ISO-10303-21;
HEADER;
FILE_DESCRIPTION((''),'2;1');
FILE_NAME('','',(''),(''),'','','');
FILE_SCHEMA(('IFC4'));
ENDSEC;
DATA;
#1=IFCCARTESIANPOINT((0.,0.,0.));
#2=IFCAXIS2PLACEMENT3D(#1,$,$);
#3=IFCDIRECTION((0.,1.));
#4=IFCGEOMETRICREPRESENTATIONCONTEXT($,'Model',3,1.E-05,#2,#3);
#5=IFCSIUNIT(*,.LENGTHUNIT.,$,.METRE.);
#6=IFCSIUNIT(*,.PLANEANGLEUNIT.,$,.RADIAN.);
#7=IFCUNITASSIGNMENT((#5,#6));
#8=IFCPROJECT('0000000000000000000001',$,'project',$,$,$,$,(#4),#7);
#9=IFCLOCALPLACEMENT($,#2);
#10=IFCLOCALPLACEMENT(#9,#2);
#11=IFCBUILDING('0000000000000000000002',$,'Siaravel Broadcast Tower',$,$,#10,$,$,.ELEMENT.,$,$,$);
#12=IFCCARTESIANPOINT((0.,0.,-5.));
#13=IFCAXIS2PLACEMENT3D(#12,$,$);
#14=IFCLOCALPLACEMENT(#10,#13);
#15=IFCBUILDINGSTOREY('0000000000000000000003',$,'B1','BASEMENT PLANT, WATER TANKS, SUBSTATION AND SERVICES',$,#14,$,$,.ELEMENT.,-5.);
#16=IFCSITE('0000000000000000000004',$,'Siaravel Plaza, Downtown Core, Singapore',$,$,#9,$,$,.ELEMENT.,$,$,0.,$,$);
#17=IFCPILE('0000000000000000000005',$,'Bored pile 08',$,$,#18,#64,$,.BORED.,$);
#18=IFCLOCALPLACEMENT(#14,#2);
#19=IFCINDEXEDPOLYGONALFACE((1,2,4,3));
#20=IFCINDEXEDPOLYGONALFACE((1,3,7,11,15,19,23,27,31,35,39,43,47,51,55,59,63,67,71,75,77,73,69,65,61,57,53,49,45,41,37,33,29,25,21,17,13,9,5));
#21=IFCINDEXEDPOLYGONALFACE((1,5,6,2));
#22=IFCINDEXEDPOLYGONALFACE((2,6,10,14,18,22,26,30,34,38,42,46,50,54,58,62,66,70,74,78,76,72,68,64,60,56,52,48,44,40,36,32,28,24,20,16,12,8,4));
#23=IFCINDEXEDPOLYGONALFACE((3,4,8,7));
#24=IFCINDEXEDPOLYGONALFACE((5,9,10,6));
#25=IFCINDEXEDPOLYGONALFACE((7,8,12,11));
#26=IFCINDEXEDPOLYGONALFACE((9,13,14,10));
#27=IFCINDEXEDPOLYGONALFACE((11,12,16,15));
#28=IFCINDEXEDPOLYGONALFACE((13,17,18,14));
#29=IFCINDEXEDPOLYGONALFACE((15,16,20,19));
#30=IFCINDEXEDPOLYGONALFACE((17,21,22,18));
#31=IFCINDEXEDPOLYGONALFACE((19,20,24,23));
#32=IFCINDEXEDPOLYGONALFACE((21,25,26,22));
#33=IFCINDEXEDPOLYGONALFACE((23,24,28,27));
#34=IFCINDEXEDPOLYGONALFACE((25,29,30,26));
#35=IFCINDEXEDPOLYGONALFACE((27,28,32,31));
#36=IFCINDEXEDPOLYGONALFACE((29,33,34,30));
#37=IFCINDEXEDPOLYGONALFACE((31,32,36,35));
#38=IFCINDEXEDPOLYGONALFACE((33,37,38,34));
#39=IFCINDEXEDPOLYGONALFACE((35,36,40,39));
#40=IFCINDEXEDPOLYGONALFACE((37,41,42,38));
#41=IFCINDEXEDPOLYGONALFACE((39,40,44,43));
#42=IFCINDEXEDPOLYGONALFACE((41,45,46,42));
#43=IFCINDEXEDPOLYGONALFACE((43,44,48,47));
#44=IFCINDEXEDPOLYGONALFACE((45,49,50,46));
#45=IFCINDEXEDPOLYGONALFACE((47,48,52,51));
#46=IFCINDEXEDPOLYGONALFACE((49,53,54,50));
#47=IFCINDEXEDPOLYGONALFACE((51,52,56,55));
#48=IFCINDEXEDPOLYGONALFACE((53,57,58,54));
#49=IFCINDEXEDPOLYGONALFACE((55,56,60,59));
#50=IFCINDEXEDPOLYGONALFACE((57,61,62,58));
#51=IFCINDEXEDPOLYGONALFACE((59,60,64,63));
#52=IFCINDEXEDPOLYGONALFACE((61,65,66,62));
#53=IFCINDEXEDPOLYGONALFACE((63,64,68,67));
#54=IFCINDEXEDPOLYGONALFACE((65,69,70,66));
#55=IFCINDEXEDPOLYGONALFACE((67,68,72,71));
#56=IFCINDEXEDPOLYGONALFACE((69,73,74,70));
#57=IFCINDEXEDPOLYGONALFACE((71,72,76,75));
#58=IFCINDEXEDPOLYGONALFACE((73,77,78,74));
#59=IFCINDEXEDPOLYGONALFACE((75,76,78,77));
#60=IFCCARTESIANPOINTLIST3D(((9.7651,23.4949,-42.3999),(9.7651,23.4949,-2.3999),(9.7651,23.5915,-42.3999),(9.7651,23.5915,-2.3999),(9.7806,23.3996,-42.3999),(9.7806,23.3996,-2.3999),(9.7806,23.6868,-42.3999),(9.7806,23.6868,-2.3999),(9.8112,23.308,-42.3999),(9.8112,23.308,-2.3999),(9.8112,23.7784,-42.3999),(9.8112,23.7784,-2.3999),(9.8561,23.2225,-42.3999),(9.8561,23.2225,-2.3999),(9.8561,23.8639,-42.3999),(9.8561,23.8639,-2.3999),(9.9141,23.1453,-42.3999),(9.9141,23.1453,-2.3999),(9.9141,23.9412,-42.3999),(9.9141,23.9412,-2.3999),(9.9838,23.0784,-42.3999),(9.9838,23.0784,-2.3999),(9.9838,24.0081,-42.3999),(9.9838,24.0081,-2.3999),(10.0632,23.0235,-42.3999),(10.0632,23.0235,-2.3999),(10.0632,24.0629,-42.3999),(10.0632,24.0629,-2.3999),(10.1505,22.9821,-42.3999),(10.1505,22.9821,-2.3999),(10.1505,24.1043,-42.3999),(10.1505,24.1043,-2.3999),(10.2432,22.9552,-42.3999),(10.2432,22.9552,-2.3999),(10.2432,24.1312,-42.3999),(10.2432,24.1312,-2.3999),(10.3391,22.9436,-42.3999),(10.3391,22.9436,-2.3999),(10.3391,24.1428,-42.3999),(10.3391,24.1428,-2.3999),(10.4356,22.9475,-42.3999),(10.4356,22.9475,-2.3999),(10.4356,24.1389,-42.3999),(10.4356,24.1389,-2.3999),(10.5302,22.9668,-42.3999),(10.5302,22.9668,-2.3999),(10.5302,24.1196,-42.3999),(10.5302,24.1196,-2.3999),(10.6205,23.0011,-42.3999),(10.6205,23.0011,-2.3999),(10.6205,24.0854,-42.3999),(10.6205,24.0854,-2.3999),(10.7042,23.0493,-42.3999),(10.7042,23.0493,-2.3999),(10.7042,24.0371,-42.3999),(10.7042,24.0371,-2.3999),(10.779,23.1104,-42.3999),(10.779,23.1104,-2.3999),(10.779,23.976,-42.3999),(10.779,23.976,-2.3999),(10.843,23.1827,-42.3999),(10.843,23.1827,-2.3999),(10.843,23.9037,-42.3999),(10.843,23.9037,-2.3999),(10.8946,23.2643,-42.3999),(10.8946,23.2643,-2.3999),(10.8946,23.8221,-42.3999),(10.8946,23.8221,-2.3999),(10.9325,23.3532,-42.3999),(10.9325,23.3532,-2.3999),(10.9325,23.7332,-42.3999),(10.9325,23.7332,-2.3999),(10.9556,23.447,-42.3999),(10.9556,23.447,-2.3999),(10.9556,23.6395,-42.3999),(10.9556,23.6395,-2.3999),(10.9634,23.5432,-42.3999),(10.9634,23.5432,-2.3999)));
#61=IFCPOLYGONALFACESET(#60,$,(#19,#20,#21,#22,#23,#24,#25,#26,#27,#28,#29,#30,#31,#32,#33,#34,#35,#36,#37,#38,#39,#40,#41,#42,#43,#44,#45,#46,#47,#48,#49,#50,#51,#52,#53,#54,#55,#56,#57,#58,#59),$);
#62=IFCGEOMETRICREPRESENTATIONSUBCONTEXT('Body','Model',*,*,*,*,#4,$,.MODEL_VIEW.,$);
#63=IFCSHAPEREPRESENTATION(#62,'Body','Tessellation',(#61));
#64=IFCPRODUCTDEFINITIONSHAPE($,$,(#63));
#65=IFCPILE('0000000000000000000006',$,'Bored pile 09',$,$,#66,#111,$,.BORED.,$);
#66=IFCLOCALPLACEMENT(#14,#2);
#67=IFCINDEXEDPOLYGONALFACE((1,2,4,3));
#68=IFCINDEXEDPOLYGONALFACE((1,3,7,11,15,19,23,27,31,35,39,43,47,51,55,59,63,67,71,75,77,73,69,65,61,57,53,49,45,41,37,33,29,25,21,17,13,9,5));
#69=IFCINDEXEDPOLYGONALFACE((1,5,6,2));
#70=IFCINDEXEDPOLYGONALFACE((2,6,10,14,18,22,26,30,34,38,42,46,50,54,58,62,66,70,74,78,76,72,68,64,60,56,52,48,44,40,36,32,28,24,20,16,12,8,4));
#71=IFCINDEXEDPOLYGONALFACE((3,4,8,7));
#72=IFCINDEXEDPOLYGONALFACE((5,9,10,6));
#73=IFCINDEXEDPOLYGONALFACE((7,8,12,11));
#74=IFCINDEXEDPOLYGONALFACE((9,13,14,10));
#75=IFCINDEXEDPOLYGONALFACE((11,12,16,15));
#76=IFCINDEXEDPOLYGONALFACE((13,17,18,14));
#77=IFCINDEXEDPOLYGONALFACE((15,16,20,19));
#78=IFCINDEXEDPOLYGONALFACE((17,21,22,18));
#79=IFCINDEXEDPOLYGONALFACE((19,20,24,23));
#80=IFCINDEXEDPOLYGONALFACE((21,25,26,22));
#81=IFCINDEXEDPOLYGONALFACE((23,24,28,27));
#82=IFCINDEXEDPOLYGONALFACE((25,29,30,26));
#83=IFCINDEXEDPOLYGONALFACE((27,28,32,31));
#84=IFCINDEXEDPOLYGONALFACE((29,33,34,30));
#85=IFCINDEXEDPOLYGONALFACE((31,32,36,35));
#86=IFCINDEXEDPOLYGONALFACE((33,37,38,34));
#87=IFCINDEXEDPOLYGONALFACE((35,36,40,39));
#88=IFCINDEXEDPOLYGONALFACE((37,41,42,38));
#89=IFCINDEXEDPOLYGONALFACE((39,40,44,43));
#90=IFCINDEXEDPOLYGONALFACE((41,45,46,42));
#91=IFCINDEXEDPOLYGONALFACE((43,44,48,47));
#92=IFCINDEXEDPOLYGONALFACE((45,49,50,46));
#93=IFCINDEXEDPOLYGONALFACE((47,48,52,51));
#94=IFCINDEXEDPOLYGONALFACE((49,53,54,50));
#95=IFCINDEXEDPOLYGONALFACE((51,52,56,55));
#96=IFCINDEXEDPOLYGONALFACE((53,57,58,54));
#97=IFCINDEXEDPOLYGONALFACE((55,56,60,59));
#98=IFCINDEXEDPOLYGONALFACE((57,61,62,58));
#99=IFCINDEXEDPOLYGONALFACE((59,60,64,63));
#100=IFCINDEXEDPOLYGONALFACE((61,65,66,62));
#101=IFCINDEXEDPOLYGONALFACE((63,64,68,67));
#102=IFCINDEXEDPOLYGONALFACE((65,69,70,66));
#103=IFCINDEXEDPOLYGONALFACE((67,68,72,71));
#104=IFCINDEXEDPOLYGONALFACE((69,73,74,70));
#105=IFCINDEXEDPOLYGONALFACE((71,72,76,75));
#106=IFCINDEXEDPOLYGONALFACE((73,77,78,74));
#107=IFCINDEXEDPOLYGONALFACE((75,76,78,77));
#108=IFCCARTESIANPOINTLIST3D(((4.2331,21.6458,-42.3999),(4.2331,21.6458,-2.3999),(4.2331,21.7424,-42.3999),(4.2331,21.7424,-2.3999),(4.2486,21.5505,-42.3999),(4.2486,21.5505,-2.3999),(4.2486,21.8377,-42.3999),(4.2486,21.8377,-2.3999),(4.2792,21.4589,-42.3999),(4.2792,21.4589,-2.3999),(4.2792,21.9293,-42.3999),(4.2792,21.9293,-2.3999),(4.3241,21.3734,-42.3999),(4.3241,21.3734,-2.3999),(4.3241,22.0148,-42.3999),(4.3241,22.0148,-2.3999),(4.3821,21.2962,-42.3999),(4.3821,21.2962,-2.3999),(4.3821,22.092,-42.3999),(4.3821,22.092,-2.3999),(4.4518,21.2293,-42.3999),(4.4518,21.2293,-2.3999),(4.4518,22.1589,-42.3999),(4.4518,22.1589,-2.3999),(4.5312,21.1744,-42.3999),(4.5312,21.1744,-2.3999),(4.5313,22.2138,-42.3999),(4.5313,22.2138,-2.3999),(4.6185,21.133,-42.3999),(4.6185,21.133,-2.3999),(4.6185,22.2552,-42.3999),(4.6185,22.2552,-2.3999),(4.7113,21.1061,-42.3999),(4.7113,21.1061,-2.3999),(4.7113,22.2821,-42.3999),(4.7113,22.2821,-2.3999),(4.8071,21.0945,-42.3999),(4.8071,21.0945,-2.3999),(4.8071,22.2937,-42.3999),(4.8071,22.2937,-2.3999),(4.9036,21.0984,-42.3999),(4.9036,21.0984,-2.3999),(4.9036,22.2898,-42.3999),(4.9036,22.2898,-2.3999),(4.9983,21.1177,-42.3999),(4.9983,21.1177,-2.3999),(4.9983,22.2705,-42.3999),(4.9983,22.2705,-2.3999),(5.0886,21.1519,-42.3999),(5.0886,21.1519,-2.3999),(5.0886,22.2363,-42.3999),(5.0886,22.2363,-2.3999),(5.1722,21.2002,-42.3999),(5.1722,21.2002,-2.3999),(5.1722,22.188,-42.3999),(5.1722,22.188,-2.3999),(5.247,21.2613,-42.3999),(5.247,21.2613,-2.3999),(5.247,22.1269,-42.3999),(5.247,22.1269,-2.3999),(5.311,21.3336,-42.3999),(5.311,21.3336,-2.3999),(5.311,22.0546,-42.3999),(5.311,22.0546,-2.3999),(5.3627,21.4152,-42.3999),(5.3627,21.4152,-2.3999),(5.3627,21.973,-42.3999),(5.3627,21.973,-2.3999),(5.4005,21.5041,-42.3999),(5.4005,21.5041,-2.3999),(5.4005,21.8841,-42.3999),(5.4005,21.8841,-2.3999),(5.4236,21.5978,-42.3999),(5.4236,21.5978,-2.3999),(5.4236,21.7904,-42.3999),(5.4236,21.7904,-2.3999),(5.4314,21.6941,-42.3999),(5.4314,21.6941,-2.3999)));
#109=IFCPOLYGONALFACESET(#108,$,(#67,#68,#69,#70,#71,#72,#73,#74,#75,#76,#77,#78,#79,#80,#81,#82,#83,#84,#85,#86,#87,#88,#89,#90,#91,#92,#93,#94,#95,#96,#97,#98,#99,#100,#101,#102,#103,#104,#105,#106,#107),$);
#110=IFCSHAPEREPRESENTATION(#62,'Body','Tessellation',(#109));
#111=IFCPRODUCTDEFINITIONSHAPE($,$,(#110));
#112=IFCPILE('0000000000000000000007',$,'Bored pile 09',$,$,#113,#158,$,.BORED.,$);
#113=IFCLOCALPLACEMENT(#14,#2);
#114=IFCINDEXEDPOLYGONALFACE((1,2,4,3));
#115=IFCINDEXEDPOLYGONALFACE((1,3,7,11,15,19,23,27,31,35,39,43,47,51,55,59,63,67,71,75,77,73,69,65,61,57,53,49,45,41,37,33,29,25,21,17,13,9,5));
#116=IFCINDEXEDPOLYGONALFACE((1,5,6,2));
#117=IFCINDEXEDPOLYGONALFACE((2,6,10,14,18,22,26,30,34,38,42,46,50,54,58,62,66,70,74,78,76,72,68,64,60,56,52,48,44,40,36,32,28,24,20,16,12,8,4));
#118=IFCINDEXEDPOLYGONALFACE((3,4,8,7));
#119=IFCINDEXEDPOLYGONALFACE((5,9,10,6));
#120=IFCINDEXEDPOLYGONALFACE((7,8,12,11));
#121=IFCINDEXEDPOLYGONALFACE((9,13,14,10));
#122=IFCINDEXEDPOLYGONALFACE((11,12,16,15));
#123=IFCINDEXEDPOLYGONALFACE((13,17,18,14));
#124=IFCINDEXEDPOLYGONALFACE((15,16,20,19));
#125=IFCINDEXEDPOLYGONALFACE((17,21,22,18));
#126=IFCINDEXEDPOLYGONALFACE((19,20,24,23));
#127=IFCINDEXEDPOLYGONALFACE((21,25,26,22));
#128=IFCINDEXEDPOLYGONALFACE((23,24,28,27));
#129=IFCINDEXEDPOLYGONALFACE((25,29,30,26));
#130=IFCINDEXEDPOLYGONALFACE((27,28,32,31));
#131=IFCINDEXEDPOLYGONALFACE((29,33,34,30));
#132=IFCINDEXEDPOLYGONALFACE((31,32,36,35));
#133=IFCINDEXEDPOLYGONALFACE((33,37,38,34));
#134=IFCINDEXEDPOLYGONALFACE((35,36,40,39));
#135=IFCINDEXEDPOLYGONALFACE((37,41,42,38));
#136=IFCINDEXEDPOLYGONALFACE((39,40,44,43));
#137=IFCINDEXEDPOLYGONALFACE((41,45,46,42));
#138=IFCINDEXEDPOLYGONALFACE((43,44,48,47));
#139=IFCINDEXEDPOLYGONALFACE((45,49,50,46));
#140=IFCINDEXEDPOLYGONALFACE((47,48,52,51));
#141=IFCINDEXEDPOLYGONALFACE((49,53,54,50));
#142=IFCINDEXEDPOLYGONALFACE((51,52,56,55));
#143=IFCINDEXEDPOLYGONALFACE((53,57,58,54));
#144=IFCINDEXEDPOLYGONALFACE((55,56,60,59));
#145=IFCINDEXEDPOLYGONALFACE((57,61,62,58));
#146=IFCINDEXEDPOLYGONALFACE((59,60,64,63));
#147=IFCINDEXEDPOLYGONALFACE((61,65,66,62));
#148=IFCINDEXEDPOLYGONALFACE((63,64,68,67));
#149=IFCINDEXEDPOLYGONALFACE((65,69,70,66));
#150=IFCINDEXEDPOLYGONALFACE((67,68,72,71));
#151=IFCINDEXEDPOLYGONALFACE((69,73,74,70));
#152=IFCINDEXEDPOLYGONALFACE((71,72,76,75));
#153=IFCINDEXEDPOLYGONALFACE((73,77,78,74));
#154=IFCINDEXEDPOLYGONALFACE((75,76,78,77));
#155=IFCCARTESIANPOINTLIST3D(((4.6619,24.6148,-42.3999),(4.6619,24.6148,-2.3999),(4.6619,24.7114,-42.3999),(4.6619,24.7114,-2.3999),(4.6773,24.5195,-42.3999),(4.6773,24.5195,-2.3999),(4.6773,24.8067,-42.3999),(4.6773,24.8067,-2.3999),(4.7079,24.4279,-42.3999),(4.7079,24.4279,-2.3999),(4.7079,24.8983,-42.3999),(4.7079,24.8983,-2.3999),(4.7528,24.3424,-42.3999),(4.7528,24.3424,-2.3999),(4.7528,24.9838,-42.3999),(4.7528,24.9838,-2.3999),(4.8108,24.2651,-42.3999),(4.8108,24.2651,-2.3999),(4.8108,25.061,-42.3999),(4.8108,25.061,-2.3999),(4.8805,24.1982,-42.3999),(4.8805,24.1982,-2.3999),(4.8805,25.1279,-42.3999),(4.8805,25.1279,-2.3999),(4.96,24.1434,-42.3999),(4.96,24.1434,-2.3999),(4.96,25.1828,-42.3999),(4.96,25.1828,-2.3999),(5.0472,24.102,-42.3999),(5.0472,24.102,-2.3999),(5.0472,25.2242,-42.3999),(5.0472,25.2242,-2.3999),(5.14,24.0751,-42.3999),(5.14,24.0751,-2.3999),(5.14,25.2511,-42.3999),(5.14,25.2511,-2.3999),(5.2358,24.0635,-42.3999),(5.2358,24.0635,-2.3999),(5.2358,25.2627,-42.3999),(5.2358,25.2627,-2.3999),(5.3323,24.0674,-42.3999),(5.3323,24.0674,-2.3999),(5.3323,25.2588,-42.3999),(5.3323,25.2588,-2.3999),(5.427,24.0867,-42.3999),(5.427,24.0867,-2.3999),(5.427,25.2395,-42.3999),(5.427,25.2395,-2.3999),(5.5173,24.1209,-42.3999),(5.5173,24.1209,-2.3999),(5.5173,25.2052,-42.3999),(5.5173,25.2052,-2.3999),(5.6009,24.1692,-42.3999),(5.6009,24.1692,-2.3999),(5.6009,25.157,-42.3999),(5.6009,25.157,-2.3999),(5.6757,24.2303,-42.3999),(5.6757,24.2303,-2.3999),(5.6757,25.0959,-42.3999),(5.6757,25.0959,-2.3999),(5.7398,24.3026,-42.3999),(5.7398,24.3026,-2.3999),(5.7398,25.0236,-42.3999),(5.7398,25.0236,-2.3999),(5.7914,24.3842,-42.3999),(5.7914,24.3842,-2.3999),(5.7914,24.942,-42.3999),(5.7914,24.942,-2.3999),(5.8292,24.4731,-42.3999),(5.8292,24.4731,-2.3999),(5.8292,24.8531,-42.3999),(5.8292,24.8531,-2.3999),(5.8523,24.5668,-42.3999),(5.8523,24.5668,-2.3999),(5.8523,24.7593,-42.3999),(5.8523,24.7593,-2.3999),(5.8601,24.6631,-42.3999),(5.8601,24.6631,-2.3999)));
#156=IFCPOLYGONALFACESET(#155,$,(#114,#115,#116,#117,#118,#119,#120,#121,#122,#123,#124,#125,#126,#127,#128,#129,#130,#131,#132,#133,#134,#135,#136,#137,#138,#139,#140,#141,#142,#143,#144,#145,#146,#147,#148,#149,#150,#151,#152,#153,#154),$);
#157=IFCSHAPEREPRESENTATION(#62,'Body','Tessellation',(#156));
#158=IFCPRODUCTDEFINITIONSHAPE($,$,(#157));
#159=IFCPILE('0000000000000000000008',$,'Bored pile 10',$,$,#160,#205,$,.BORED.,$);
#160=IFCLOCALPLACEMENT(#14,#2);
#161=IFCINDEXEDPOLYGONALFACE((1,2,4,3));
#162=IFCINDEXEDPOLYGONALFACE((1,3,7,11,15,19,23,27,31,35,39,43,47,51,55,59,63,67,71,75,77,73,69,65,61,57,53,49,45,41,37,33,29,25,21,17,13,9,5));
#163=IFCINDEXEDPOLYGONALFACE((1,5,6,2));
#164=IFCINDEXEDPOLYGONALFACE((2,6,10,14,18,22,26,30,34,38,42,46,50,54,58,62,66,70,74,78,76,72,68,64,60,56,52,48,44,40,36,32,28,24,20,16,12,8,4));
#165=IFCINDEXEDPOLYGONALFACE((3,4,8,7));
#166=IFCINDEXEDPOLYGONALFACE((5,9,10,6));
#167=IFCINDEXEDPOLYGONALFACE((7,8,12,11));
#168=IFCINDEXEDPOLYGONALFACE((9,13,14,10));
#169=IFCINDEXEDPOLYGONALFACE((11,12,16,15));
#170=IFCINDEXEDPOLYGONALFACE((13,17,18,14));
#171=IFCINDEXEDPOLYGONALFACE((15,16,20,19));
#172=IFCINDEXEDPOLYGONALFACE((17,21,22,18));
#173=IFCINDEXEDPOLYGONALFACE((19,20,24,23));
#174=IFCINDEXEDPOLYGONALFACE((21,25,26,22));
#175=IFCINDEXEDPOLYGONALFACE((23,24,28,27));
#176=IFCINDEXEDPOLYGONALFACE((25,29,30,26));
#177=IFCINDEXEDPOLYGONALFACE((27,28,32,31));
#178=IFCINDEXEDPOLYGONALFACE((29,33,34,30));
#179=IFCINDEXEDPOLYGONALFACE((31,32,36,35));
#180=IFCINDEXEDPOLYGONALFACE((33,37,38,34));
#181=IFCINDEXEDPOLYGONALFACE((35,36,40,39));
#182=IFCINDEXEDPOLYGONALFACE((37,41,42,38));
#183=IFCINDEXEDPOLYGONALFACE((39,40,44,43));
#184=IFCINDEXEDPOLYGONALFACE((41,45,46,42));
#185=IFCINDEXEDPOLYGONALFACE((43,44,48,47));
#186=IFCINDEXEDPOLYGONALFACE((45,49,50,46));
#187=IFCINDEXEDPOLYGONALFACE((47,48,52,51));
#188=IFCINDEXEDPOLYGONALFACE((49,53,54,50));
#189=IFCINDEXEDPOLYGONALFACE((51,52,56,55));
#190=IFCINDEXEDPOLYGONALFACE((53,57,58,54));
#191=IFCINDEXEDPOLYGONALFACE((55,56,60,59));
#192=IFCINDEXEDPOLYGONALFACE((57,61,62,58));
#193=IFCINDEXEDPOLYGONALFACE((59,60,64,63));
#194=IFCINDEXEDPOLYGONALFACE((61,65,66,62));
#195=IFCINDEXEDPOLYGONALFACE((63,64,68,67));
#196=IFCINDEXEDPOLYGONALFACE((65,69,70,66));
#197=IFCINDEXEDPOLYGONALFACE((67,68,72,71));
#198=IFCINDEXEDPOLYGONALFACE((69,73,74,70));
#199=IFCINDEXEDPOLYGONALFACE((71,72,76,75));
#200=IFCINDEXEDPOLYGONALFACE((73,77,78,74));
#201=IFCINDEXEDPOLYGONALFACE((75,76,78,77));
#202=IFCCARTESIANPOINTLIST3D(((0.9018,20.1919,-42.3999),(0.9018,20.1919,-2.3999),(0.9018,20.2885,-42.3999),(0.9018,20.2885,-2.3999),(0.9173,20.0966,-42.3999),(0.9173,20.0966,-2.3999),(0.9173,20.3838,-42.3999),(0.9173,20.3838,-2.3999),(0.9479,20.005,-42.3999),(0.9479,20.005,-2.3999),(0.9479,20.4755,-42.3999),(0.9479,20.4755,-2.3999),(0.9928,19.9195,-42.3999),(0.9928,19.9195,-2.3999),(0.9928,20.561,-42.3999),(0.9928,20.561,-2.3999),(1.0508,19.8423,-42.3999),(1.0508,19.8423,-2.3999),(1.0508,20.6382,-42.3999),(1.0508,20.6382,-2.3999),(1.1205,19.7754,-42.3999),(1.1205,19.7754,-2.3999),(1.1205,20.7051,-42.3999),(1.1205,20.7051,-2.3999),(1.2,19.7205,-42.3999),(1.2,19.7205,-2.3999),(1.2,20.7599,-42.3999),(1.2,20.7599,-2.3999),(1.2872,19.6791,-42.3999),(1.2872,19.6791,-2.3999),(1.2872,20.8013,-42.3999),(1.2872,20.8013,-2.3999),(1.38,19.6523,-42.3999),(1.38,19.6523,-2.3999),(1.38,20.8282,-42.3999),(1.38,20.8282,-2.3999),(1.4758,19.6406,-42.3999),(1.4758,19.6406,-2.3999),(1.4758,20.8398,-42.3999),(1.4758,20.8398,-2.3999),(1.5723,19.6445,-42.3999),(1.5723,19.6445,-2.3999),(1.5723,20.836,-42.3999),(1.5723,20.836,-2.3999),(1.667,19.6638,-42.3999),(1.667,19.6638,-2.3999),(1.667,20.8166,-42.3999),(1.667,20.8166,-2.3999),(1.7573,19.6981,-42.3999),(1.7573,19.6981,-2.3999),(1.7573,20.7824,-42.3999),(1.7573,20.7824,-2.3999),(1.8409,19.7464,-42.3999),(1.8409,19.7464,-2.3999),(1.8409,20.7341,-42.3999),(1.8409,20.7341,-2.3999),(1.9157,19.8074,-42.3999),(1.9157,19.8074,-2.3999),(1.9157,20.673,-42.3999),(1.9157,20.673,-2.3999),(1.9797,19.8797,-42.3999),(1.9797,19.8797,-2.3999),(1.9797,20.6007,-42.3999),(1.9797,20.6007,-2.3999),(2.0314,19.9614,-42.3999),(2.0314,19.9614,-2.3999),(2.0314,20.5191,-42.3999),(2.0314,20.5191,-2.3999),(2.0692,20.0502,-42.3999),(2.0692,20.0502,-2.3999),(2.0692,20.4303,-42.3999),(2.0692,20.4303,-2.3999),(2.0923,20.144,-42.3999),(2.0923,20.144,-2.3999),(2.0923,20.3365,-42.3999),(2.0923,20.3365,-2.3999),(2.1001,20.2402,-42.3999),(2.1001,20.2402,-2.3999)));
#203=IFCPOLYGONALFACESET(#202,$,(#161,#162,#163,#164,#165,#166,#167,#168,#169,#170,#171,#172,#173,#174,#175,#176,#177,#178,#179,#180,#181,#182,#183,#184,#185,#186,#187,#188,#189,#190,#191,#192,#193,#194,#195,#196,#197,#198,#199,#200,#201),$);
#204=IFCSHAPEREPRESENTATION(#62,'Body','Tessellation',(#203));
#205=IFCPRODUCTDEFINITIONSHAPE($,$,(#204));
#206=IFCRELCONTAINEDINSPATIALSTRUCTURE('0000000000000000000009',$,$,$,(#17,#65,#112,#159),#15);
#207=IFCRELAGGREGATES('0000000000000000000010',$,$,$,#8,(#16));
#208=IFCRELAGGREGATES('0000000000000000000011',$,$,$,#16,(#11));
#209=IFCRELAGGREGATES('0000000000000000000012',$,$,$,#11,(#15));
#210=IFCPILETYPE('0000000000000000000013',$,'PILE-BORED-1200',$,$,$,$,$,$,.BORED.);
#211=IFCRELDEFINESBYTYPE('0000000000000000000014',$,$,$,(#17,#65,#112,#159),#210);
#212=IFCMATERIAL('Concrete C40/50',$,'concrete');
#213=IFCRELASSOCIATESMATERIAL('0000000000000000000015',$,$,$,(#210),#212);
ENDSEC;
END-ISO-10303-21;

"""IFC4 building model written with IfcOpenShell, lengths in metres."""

from ifc_helpers import new_model, si_unit, direction, frame, origin, origin_2d, place, context, subcontext, project, spatial, circle, extrude, material, material_profile, profile_set, type_object, element, save


model = new_model("IFC4")

# Units and contexts
model_context = context("Model", 3, precision=1e-05, world=origin(), true_north=direction((0.0, 1.0)))
body_context = subcontext(model_context, "Body", "Model", "MODEL_VIEW")
ifc_project = project(units=[si_unit("LENGTHUNIT", "METRE"), si_unit("PLANEANGLEUNIT", "RADIAN")], contexts=[model_context])

# Site, building, storey
site_placement = place(None, origin())
site = spatial("IfcSite", under=ifc_project, at=site_placement, Name="Siaravel Plaza, Downtown Core, Singapore", CompositionType="ELEMENT", RefElevation=0.0)
building_placement = place(site_placement, origin())
building = spatial("IfcBuilding", under=site, at=building_placement, Name="Siaravel Broadcast Tower", CompositionType="ELEMENT")
storey_placement = place(building_placement, frame((0.0, 0.0, -5.0)))
storey = spatial("IfcBuildingStorey", under=building, at=storey_placement, Name="B1", Description="BASEMENT PLANT, WATER TANKS, SUBSTATION AND SERVICES", CompositionType="ELEMENT", Elevation=-5.0)

# Shared definitions
ifc_material_1 = material(Name="Concrete C40/50", Category="concrete")

# Piles
ifc_material_profile_1 = material_profile(ifc_material_1, circle(Radius=0.6001, at=origin_2d()))
ifc_profile_set_1 = profile_set([ifc_material_profile_1], Name="Concrete C40/50")
pile_type_1 = type_object("IfcPileType", Name="PILE-BORED-1200", PredefinedType="BORED", material=ifc_profile_set_1)
for number, where, z_axis, x_axis, name in (
    (1, (10.3633, 23.5432, -2.3999), (0.0, 0.0, -1.0), (1.0, 0.0, 0.0), "Bored pile 08"),
    (2, (4.8313, 21.6941, -2.3999), (0.0, 0.0, -1.0), (1.0, 0.0, 0.0), "Bored pile 09"),
    (3, (5.26, 24.6631, -2.3999), (0.0, 0.0, -1.0), (1.0, 0.0, 0.0), "Bored pile 09"),
    (4, (1.5, 20.2402, -2.3999), (0.0, 0.0, -1.0), (1.0, 0.0, 0.0), "Bored pile 10"),
):
    element("IfcPile", number, at=place(storey_placement, frame(where, z_axis=z_axis, x_axis=x_axis)), inside=storey, type_object=pile_type_1, Name=name, PredefinedType="BORED", context=body_context, shape_type="SweptSolid", body=[
        extrude(circle(Radius=0.6001, at=origin_2d()), origin(), (0.0, 0.0, 1.0), 40.0),
    ])

save(model, "model.ifc")
